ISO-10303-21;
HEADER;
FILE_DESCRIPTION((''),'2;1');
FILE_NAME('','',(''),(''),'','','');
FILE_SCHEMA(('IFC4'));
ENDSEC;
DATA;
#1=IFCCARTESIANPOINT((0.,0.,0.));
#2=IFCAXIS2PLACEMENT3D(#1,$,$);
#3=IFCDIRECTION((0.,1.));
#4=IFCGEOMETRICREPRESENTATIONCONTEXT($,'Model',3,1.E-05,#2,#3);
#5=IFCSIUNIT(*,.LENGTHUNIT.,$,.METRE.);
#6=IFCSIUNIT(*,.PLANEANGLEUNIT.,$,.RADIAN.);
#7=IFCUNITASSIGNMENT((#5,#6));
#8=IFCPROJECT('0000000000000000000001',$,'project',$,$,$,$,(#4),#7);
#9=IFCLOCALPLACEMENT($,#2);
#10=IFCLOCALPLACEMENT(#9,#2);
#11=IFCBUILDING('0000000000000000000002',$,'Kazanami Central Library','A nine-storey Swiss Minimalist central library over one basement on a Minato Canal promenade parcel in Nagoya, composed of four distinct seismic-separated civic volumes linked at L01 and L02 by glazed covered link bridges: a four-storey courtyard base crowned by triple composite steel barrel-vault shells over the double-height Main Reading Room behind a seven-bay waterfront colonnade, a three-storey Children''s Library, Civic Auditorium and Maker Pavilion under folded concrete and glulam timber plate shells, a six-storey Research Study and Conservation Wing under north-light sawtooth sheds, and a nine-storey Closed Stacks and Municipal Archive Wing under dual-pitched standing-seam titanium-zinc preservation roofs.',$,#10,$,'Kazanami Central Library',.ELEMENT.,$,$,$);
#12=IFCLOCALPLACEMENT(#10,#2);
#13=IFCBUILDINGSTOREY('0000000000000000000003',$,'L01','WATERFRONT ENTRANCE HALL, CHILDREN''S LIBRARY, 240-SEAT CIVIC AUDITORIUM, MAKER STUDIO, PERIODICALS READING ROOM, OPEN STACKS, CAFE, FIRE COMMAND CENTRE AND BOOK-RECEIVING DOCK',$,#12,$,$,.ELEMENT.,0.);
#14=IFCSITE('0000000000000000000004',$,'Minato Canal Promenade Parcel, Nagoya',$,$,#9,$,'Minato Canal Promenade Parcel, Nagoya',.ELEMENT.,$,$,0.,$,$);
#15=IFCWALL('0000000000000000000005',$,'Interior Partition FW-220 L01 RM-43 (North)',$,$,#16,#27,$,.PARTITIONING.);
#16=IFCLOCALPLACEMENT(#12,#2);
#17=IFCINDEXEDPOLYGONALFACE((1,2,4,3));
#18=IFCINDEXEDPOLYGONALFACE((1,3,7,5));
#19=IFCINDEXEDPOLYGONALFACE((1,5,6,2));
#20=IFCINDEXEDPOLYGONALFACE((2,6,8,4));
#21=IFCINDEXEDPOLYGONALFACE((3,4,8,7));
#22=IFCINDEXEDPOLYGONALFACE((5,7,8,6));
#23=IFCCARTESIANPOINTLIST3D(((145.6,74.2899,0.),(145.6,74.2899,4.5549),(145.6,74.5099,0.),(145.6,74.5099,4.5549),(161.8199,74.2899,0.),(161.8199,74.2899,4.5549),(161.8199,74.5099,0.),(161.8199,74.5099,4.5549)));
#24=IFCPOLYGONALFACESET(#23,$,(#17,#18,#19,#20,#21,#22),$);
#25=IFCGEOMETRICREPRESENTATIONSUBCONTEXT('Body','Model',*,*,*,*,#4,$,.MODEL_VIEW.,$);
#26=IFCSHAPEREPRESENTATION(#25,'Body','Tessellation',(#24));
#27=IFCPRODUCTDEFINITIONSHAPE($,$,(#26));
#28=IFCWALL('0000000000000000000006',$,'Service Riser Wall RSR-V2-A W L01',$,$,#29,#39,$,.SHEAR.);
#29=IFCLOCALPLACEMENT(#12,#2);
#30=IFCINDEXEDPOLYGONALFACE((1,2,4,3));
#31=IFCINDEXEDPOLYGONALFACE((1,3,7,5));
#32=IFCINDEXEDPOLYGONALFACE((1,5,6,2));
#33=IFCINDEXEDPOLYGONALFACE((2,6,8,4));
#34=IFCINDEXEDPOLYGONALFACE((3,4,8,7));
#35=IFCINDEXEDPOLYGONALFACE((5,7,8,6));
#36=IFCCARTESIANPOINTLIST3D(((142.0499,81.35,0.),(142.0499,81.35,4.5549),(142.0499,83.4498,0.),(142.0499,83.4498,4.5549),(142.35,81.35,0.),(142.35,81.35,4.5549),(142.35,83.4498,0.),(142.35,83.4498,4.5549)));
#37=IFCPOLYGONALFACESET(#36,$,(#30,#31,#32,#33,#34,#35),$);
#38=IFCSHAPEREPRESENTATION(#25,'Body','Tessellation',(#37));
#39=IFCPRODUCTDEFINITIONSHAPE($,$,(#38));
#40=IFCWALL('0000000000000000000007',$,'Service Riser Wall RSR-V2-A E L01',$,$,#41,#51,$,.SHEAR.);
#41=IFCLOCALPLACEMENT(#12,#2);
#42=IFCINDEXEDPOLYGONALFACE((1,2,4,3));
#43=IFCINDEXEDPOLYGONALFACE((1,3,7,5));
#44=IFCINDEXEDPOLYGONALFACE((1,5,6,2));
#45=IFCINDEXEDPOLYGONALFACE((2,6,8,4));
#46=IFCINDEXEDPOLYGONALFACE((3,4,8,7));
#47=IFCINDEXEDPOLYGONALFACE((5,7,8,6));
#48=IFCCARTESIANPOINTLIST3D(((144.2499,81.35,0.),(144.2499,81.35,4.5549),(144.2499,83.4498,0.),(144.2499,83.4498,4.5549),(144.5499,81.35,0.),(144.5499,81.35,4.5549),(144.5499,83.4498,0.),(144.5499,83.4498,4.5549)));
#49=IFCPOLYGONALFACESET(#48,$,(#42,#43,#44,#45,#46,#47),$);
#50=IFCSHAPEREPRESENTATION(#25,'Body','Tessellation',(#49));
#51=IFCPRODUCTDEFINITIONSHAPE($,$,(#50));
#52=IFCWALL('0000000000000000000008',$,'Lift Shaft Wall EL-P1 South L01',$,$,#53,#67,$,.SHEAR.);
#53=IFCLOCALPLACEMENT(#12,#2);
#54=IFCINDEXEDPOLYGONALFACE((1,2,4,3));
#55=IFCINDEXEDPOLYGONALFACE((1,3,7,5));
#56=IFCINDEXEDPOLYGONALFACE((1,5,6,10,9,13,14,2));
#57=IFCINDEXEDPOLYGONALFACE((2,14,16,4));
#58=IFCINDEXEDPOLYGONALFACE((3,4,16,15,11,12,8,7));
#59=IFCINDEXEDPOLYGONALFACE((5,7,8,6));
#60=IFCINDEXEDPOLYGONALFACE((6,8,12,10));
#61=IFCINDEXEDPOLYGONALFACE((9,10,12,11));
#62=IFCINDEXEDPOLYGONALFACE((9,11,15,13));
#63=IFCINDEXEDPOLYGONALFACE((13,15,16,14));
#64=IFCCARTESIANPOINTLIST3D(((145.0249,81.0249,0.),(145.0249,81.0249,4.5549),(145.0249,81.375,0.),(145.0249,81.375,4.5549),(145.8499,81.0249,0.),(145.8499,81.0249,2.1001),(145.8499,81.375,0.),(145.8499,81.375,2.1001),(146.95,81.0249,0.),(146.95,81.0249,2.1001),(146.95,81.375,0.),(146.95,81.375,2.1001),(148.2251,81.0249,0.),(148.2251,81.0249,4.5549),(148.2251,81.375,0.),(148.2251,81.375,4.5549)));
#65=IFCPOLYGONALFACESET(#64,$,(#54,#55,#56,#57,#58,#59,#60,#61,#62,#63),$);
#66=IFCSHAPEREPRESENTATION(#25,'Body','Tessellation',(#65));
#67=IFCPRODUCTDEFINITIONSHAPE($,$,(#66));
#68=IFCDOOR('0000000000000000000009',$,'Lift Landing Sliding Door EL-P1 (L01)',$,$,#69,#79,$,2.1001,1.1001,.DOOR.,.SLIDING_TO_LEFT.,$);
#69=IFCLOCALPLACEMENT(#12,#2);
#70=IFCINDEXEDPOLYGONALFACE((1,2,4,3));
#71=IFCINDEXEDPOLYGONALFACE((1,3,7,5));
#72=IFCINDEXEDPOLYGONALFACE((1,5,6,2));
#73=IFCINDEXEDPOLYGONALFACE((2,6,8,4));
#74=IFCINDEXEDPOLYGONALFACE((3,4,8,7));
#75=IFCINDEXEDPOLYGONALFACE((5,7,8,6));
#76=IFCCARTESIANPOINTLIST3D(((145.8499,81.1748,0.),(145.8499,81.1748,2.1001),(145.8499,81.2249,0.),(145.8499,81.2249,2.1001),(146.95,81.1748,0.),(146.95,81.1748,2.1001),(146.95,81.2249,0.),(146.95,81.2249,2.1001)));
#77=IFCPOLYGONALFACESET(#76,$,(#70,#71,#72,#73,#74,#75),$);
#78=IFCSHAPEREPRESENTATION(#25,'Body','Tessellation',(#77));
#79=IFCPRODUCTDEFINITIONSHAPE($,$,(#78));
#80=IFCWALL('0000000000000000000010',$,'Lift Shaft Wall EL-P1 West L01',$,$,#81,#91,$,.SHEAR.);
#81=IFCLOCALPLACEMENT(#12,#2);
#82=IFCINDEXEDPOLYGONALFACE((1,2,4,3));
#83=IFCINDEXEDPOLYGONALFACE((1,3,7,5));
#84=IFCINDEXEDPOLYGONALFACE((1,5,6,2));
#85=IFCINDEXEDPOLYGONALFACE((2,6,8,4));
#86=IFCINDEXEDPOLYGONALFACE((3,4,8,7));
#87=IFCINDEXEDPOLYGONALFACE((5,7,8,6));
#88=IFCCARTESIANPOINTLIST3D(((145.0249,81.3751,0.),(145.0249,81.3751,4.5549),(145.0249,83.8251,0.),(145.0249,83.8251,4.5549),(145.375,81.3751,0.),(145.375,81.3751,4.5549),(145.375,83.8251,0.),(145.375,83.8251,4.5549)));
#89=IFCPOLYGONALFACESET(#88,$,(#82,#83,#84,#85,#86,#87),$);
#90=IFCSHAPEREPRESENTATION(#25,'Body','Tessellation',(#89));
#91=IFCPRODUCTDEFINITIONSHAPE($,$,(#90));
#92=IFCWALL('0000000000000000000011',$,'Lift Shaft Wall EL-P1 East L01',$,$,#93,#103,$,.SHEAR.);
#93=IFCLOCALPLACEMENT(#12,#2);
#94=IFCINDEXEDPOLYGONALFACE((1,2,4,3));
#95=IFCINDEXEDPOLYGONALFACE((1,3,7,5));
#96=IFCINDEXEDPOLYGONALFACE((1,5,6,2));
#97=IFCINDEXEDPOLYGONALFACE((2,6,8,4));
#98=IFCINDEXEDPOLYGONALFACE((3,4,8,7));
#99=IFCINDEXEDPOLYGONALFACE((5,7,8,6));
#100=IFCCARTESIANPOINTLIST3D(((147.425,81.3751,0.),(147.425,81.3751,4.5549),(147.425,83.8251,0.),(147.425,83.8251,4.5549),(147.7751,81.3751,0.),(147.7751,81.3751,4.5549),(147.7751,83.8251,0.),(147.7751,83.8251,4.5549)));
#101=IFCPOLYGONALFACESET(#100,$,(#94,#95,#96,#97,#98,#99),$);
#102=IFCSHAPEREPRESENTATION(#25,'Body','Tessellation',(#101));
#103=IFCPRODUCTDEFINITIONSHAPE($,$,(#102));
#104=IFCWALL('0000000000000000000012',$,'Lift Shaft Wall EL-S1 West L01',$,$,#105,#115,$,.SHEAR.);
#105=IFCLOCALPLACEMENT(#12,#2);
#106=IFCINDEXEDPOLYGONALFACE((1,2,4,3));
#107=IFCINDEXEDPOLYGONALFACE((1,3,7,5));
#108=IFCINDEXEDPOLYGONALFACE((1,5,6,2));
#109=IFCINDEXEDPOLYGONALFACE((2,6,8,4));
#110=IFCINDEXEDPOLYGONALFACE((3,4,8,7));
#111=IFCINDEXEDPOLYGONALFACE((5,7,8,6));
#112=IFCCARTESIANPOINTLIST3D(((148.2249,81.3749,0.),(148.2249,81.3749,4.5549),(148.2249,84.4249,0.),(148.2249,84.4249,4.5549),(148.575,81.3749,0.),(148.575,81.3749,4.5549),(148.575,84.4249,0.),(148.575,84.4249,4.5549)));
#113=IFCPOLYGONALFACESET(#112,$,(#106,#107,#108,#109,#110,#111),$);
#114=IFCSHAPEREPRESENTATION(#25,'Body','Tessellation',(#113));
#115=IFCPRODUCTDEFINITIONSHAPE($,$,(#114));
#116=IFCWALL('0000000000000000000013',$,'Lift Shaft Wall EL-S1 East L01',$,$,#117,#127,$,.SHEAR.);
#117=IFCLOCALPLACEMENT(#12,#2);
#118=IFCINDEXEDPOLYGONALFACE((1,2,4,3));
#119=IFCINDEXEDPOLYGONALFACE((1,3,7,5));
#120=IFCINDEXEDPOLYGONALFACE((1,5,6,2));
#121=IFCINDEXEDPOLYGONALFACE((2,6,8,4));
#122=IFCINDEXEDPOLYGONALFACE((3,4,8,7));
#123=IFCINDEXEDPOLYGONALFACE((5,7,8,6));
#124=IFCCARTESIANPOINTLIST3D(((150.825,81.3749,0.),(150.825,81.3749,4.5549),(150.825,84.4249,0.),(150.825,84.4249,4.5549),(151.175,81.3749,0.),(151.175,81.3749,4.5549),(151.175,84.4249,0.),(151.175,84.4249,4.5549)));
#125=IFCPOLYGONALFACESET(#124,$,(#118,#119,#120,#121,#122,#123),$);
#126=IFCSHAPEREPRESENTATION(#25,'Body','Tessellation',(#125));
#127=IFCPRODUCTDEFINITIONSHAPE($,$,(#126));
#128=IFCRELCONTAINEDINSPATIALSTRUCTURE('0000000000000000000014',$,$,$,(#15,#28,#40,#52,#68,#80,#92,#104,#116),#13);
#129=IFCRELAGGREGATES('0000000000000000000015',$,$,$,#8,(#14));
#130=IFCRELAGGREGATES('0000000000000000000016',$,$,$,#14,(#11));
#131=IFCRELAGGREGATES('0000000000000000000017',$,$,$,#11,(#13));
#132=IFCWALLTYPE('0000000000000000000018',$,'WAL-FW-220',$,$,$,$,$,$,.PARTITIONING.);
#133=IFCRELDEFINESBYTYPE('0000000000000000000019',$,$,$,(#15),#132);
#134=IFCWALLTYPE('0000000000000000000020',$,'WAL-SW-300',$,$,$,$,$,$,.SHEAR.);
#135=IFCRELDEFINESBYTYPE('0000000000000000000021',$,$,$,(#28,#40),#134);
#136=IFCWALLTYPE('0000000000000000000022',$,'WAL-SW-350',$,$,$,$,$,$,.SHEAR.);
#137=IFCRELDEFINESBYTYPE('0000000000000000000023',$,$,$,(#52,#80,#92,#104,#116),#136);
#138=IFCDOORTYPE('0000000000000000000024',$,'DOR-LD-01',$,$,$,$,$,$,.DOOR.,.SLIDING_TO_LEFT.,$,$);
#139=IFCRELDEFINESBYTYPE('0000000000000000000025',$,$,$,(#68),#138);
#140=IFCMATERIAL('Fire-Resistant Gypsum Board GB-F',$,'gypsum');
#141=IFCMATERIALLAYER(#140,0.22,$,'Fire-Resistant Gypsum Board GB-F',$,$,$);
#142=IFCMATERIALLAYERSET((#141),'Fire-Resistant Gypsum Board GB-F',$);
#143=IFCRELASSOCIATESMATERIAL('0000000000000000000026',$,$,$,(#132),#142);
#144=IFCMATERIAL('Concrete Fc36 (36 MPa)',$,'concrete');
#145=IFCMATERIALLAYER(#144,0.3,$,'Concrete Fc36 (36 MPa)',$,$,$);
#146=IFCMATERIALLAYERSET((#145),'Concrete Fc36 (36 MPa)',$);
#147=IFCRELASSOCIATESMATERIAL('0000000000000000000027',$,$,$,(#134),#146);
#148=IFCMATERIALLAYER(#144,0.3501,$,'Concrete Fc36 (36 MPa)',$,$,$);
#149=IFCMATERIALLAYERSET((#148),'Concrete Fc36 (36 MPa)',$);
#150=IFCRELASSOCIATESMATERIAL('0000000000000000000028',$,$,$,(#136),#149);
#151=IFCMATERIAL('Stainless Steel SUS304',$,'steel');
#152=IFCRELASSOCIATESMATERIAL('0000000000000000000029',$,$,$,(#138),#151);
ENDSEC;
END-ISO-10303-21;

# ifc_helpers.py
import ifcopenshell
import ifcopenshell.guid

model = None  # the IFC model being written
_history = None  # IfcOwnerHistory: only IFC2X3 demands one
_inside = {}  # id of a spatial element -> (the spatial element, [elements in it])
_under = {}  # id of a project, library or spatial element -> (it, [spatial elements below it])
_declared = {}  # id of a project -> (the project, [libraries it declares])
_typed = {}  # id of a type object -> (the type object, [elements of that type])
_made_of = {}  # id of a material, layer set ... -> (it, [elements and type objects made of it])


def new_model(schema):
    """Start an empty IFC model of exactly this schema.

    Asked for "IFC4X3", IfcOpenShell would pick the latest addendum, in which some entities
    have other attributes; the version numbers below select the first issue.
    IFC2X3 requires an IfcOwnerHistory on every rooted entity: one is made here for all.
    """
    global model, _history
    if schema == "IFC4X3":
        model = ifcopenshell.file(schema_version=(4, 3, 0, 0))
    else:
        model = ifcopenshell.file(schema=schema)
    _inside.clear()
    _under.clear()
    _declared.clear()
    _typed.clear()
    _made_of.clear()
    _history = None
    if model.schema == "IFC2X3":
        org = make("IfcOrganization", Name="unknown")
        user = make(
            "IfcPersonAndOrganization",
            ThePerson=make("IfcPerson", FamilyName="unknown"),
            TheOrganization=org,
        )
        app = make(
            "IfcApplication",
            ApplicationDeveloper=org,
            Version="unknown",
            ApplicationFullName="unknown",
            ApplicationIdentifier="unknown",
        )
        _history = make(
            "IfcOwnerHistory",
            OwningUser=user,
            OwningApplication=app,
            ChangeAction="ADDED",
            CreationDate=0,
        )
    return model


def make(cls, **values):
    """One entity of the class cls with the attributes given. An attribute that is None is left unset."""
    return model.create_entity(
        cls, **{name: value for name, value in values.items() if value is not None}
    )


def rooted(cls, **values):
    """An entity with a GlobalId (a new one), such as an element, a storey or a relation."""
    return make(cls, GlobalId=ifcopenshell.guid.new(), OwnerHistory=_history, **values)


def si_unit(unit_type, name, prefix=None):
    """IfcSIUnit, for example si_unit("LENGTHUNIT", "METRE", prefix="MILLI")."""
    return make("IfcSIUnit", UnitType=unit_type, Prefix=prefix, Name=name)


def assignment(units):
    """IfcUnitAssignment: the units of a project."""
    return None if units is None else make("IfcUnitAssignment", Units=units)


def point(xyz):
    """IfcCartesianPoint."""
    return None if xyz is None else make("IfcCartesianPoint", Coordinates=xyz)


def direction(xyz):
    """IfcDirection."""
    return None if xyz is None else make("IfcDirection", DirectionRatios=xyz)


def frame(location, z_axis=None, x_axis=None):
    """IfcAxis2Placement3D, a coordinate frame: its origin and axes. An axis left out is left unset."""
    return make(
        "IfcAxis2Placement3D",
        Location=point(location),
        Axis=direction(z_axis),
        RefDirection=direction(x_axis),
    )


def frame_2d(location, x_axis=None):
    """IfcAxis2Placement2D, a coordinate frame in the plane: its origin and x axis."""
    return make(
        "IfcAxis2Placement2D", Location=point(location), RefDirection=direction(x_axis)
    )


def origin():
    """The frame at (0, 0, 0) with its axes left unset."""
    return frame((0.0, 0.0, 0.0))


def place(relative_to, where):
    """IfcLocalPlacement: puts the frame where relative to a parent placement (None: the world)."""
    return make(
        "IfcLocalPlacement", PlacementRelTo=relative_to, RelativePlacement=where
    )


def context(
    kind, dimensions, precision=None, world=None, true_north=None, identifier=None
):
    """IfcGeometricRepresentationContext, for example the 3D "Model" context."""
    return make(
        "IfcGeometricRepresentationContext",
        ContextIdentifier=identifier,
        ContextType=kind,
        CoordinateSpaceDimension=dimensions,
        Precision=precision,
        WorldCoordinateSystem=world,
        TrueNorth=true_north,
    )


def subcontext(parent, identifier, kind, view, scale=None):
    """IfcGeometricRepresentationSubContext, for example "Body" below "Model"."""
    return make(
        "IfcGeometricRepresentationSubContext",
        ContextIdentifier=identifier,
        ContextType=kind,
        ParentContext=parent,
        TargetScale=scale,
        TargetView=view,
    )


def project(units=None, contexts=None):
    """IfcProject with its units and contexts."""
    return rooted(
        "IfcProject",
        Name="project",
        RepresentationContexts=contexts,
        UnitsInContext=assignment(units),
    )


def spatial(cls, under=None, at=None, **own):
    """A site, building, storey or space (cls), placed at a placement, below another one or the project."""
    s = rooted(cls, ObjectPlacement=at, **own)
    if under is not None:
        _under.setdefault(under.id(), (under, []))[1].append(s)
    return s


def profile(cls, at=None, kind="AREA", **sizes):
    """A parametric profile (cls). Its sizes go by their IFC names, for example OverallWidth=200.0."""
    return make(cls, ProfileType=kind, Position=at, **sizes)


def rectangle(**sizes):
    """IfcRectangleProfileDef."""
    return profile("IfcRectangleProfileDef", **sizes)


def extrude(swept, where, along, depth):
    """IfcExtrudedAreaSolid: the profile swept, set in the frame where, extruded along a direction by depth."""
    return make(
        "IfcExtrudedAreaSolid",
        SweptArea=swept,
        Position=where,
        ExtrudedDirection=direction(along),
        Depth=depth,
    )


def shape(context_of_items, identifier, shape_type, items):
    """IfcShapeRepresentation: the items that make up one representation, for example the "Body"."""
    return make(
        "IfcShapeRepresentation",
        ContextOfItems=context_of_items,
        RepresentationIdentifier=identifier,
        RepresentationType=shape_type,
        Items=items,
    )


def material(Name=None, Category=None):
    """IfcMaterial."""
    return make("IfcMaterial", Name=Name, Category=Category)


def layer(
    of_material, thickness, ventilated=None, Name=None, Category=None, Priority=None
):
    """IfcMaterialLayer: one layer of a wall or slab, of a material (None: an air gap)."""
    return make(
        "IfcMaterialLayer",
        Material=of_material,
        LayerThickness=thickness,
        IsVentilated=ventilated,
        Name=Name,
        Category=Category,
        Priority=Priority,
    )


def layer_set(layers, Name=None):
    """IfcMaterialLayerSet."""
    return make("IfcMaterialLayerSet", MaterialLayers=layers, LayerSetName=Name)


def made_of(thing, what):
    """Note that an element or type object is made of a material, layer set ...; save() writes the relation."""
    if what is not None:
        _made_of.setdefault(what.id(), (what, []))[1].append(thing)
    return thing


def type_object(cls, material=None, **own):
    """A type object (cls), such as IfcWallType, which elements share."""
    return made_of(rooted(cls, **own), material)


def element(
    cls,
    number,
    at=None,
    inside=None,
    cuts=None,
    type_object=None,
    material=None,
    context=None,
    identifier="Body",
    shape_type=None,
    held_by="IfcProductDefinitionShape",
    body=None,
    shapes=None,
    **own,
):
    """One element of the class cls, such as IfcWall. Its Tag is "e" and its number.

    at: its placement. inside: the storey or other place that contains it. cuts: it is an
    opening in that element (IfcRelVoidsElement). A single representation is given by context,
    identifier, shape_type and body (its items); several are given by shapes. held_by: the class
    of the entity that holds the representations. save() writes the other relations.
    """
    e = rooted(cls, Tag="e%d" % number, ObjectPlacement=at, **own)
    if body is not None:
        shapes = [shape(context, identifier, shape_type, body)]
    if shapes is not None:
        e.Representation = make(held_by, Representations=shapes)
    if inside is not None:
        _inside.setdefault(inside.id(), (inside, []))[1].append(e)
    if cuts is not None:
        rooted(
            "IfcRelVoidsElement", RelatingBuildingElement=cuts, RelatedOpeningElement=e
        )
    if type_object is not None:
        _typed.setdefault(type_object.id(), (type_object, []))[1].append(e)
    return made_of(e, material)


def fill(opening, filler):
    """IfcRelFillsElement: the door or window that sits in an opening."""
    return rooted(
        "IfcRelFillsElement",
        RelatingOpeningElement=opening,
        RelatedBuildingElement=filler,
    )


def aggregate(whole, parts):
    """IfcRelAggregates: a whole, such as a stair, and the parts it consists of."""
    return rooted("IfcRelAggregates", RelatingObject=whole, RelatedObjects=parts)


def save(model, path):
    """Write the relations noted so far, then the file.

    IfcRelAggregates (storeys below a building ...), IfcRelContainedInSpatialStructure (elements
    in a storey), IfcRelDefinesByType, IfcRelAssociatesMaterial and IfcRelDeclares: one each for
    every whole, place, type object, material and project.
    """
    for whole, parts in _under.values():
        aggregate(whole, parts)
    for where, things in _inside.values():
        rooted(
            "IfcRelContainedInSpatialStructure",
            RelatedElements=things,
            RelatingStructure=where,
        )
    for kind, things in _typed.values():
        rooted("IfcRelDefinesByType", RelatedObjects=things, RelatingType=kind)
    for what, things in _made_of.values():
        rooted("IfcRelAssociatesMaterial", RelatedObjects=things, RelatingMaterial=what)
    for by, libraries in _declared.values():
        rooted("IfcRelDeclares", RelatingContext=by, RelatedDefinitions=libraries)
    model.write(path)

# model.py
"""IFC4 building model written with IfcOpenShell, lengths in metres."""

from ifc_helpers import new_model, si_unit, direction, frame, frame_2d, origin, place, context, subcontext, project, spatial, rectangle, extrude, material, layer, layer_set, type_object, element, fill, save


model = new_model("IFC4")

# Units and contexts
model_context = context("Model", 3, precision=1e-05, world=origin(), true_north=direction((0.0, 1.0)))
body_context = subcontext(model_context, "Body", "Model", "MODEL_VIEW")
ifc_project = project(units=[si_unit("LENGTHUNIT", "METRE"), si_unit("PLANEANGLEUNIT", "RADIAN")], contexts=[model_context])

# Site, building, storey
site_placement = place(None, origin())
site = spatial("IfcSite", under=ifc_project, at=site_placement, Name="Minato Canal Promenade Parcel, Nagoya", LongName="Minato Canal Promenade Parcel, Nagoya", CompositionType="ELEMENT", RefElevation=0.0)
building_placement = place(site_placement, origin())
building = spatial("IfcBuilding", under=site, at=building_placement, Name="Kazanami Central Library", Description="A nine-storey Swiss Minimalist central library over one basement on a Minato Canal promenade parcel in Nagoya, composed of four distinct seismic-separated civic volumes linked at L01 and L02 by glazed covered link bridges: a four-storey courtyard base crowned by triple composite steel barrel-vault shells over the double-height Main Reading Room behind a seven-bay waterfront colonnade, a three-storey Children's Library, Civic Auditorium and Maker Pavilion under folded concrete and glulam timber plate shells, a six-storey Research Study and Conservation Wing under north-light sawtooth sheds, and a nine-storey Closed Stacks and Municipal Archive Wing under dual-pitched standing-seam titanium-zinc preservation roofs.", LongName="Kazanami Central Library", CompositionType="ELEMENT")
storey_placement = place(building_placement, origin())
storey = spatial("IfcBuildingStorey", under=building, at=storey_placement, Name="L01", Description="WATERFRONT ENTRANCE HALL, CHILDREN'S LIBRARY, 240-SEAT CIVIC AUDITORIUM, MAKER STUDIO, PERIODICALS READING ROOM, OPEN STACKS, CAFE, FIRE COMMAND CENTRE AND BOOK-RECEIVING DOCK", CompositionType="ELEMENT", Elevation=0.0)

# Shared definitions
ifc_material_1 = material(Name="Fire-Resistant Gypsum Board GB-F", Category="gypsum")

# Walls
ifc_layer_1 = layer(ifc_material_1, 0.22, Name="Fire-Resistant Gypsum Board GB-F")
ifc_layer_set_1 = layer_set([ifc_layer_1], Name="Fire-Resistant Gypsum Board GB-F")
wall_type_1 = type_object("IfcWallType", Name="WAL-FW-220", PredefinedType="PARTITIONING", material=ifc_layer_set_1)
wall_1_placement = place(storey_placement, frame((145.6001, 74.3999, 0.0), z_axis=(0.0, 0.0, 1.0), x_axis=(1.0, 0.0, 0.0)))
element("IfcWall", 1, at=wall_1_placement, inside=storey, type_object=wall_type_1, Name="Interior Partition FW-220 L01 RM-43 (North)", PredefinedType="PARTITIONING", context=body_context, shape_type="SweptSolid", body=[
    extrude(rectangle(XDim=16.22, YDim=0.22, at=frame_2d((8.1099, 0.0))), origin(), (0.0, 0.0, 1.0), 4.5549),
])
ifc_material_2 = material(Name="Concrete Fc36 (36 MPa)", Category="concrete")
ifc_layer_2 = layer(ifc_material_2, 0.3, Name="Concrete Fc36 (36 MPa)")
ifc_layer_set_2 = layer_set([ifc_layer_2], Name="Concrete Fc36 (36 MPa)")
wall_type_2 = type_object("IfcWallType", Name="WAL-SW-300", PredefinedType="SHEAR", material=ifc_layer_set_2)
for number, where, z_axis, x_axis, name in (
    (2, (142.2, 81.3501, 0.0), (0.0, 0.0, 1.0), (0.0, 1.0, 0.0), "Service Riser Wall RSR-V2-A W L01"),
    (3, (144.3999, 81.3501, 0.0), (0.0, 0.0, 1.0), (0.0, 1.0, 0.0), "Service Riser Wall RSR-V2-A E L01"),
):
    element("IfcWall", number, at=place(storey_placement, frame(where, z_axis=z_axis, x_axis=x_axis)), inside=storey, type_object=wall_type_2, Name=name, PredefinedType="SHEAR", context=body_context, shape_type="SweptSolid", body=[
        extrude(rectangle(XDim=2.0999, YDim=0.3, at=frame_2d((1.0498, 0.0))), origin(), (0.0, 0.0, 1.0), 4.5549),
    ])

# Wall, opening, door
ifc_layer_3 = layer(ifc_material_2, 0.3501, Name="Concrete Fc36 (36 MPa)")
ifc_layer_set_3 = layer_set([ifc_layer_3], Name="Concrete Fc36 (36 MPa)")
wall_type_3 = type_object("IfcWallType", Name="WAL-SW-350", PredefinedType="SHEAR", material=ifc_layer_set_3)
wall_2_placement = place(storey_placement, frame((145.0249, 81.2, 0.0), z_axis=(0.0, 0.0, 1.0), x_axis=(1.0, 0.0, 0.0)))
wall_2 = element("IfcWall", 4, at=wall_2_placement, inside=storey, type_object=wall_type_3, Name="Lift Shaft Wall EL-P1 South L01", PredefinedType="SHEAR", context=body_context, shape_type="SweptSolid", body=[
    extrude(rectangle(XDim=3.2002, YDim=0.3501, at=frame_2d((1.6001, 0.0))), origin(), (0.0, 0.0, 1.0), 4.5549),
])
opening_1_placement = place(wall_2_placement, frame((0.825, 0.0, 0.0)))
opening_1 = element("IfcOpeningElement", 5, at=opening_1_placement, cuts=wall_2, PredefinedType="OPENING", context=body_context, shape_type="SweptSolid", body=[
    extrude(rectangle(XDim=1.1001, YDim=2.1001, at=frame_2d((0.55, 1.05))), frame((0.0, 0.187, 0.0), z_axis=(0.0, -1.0, 0.0), x_axis=(1.0, 0.0, 0.0)), (0.0, 0.0, 1.0), 0.374),
])
ifc_material_3 = material(Name="Stainless Steel SUS304", Category="steel")
door_type_1 = type_object("IfcDoorType", Name="DOR-LD-01", OperationType="SLIDING_TO_LEFT", PredefinedType="DOOR", material=ifc_material_3)
door_1_placement = place(opening_1_placement, origin())
door_1 = element("IfcDoor", 6, at=door_1_placement, inside=storey, type_object=door_type_1, Name="Lift Landing Sliding Door EL-P1 (L01)", OperationType="SLIDING_TO_LEFT", OverallHeight=2.1001, OverallWidth=1.1001, PredefinedType="DOOR", context=body_context, shape_type="SweptSolid", body=[
    extrude(rectangle(XDim=1.1001, YDim=2.1001, at=frame_2d((0.55, 1.05))), frame((0.0, 0.0249, 0.0), z_axis=(0.0, -1.0, 0.0), x_axis=(1.0, 0.0, 0.0)), (0.0, 0.0, 1.0), 0.05),
])
fill(opening_1, door_1)

# Walls
for number, where, z_axis, x_axis, name in (
    (7, (145.2, 81.375, 0.0), (0.0, 0.0, 1.0), (0.0, 1.0, 0.0), "Lift Shaft Wall EL-P1 West L01"),
    (8, (147.6001, 81.375, 0.0), (0.0, 0.0, 1.0), (0.0, 1.0, 0.0), "Lift Shaft Wall EL-P1 East L01"),
):
    element("IfcWall", number, at=place(storey_placement, frame(where, z_axis=z_axis, x_axis=x_axis)), inside=storey, type_object=wall_type_3, Name=name, PredefinedType="SHEAR", context=body_context, shape_type="SweptSolid", body=[
        extrude(rectangle(XDim=2.45, YDim=0.3501, at=frame_2d((1.2251, 0.0))), origin(), (0.0, 0.0, 1.0), 4.5549),
    ])

# Walls
for number, where, z_axis, x_axis, name in (
    (9, (148.3999, 81.375, 0.0), (0.0, 0.0, 1.0), (0.0, 1.0, 0.0), "Lift Shaft Wall EL-S1 West L01"),
    (10, (151.0, 81.375, 0.0), (0.0, 0.0, 1.0), (0.0, 1.0, 0.0), "Lift Shaft Wall EL-S1 East L01"),
):
    element("IfcWall", number, at=place(storey_placement, frame(where, z_axis=z_axis, x_axis=x_axis)), inside=storey, type_object=wall_type_3, Name=name, PredefinedType="SHEAR", context=body_context, shape_type="SweptSolid", body=[
        extrude(rectangle(XDim=3.05, YDim=0.3501, at=frame_2d((1.5249, 0.0))), origin(), (0.0, 0.0, 1.0), 4.5549),
    ])

save(model, "model.ifc")
